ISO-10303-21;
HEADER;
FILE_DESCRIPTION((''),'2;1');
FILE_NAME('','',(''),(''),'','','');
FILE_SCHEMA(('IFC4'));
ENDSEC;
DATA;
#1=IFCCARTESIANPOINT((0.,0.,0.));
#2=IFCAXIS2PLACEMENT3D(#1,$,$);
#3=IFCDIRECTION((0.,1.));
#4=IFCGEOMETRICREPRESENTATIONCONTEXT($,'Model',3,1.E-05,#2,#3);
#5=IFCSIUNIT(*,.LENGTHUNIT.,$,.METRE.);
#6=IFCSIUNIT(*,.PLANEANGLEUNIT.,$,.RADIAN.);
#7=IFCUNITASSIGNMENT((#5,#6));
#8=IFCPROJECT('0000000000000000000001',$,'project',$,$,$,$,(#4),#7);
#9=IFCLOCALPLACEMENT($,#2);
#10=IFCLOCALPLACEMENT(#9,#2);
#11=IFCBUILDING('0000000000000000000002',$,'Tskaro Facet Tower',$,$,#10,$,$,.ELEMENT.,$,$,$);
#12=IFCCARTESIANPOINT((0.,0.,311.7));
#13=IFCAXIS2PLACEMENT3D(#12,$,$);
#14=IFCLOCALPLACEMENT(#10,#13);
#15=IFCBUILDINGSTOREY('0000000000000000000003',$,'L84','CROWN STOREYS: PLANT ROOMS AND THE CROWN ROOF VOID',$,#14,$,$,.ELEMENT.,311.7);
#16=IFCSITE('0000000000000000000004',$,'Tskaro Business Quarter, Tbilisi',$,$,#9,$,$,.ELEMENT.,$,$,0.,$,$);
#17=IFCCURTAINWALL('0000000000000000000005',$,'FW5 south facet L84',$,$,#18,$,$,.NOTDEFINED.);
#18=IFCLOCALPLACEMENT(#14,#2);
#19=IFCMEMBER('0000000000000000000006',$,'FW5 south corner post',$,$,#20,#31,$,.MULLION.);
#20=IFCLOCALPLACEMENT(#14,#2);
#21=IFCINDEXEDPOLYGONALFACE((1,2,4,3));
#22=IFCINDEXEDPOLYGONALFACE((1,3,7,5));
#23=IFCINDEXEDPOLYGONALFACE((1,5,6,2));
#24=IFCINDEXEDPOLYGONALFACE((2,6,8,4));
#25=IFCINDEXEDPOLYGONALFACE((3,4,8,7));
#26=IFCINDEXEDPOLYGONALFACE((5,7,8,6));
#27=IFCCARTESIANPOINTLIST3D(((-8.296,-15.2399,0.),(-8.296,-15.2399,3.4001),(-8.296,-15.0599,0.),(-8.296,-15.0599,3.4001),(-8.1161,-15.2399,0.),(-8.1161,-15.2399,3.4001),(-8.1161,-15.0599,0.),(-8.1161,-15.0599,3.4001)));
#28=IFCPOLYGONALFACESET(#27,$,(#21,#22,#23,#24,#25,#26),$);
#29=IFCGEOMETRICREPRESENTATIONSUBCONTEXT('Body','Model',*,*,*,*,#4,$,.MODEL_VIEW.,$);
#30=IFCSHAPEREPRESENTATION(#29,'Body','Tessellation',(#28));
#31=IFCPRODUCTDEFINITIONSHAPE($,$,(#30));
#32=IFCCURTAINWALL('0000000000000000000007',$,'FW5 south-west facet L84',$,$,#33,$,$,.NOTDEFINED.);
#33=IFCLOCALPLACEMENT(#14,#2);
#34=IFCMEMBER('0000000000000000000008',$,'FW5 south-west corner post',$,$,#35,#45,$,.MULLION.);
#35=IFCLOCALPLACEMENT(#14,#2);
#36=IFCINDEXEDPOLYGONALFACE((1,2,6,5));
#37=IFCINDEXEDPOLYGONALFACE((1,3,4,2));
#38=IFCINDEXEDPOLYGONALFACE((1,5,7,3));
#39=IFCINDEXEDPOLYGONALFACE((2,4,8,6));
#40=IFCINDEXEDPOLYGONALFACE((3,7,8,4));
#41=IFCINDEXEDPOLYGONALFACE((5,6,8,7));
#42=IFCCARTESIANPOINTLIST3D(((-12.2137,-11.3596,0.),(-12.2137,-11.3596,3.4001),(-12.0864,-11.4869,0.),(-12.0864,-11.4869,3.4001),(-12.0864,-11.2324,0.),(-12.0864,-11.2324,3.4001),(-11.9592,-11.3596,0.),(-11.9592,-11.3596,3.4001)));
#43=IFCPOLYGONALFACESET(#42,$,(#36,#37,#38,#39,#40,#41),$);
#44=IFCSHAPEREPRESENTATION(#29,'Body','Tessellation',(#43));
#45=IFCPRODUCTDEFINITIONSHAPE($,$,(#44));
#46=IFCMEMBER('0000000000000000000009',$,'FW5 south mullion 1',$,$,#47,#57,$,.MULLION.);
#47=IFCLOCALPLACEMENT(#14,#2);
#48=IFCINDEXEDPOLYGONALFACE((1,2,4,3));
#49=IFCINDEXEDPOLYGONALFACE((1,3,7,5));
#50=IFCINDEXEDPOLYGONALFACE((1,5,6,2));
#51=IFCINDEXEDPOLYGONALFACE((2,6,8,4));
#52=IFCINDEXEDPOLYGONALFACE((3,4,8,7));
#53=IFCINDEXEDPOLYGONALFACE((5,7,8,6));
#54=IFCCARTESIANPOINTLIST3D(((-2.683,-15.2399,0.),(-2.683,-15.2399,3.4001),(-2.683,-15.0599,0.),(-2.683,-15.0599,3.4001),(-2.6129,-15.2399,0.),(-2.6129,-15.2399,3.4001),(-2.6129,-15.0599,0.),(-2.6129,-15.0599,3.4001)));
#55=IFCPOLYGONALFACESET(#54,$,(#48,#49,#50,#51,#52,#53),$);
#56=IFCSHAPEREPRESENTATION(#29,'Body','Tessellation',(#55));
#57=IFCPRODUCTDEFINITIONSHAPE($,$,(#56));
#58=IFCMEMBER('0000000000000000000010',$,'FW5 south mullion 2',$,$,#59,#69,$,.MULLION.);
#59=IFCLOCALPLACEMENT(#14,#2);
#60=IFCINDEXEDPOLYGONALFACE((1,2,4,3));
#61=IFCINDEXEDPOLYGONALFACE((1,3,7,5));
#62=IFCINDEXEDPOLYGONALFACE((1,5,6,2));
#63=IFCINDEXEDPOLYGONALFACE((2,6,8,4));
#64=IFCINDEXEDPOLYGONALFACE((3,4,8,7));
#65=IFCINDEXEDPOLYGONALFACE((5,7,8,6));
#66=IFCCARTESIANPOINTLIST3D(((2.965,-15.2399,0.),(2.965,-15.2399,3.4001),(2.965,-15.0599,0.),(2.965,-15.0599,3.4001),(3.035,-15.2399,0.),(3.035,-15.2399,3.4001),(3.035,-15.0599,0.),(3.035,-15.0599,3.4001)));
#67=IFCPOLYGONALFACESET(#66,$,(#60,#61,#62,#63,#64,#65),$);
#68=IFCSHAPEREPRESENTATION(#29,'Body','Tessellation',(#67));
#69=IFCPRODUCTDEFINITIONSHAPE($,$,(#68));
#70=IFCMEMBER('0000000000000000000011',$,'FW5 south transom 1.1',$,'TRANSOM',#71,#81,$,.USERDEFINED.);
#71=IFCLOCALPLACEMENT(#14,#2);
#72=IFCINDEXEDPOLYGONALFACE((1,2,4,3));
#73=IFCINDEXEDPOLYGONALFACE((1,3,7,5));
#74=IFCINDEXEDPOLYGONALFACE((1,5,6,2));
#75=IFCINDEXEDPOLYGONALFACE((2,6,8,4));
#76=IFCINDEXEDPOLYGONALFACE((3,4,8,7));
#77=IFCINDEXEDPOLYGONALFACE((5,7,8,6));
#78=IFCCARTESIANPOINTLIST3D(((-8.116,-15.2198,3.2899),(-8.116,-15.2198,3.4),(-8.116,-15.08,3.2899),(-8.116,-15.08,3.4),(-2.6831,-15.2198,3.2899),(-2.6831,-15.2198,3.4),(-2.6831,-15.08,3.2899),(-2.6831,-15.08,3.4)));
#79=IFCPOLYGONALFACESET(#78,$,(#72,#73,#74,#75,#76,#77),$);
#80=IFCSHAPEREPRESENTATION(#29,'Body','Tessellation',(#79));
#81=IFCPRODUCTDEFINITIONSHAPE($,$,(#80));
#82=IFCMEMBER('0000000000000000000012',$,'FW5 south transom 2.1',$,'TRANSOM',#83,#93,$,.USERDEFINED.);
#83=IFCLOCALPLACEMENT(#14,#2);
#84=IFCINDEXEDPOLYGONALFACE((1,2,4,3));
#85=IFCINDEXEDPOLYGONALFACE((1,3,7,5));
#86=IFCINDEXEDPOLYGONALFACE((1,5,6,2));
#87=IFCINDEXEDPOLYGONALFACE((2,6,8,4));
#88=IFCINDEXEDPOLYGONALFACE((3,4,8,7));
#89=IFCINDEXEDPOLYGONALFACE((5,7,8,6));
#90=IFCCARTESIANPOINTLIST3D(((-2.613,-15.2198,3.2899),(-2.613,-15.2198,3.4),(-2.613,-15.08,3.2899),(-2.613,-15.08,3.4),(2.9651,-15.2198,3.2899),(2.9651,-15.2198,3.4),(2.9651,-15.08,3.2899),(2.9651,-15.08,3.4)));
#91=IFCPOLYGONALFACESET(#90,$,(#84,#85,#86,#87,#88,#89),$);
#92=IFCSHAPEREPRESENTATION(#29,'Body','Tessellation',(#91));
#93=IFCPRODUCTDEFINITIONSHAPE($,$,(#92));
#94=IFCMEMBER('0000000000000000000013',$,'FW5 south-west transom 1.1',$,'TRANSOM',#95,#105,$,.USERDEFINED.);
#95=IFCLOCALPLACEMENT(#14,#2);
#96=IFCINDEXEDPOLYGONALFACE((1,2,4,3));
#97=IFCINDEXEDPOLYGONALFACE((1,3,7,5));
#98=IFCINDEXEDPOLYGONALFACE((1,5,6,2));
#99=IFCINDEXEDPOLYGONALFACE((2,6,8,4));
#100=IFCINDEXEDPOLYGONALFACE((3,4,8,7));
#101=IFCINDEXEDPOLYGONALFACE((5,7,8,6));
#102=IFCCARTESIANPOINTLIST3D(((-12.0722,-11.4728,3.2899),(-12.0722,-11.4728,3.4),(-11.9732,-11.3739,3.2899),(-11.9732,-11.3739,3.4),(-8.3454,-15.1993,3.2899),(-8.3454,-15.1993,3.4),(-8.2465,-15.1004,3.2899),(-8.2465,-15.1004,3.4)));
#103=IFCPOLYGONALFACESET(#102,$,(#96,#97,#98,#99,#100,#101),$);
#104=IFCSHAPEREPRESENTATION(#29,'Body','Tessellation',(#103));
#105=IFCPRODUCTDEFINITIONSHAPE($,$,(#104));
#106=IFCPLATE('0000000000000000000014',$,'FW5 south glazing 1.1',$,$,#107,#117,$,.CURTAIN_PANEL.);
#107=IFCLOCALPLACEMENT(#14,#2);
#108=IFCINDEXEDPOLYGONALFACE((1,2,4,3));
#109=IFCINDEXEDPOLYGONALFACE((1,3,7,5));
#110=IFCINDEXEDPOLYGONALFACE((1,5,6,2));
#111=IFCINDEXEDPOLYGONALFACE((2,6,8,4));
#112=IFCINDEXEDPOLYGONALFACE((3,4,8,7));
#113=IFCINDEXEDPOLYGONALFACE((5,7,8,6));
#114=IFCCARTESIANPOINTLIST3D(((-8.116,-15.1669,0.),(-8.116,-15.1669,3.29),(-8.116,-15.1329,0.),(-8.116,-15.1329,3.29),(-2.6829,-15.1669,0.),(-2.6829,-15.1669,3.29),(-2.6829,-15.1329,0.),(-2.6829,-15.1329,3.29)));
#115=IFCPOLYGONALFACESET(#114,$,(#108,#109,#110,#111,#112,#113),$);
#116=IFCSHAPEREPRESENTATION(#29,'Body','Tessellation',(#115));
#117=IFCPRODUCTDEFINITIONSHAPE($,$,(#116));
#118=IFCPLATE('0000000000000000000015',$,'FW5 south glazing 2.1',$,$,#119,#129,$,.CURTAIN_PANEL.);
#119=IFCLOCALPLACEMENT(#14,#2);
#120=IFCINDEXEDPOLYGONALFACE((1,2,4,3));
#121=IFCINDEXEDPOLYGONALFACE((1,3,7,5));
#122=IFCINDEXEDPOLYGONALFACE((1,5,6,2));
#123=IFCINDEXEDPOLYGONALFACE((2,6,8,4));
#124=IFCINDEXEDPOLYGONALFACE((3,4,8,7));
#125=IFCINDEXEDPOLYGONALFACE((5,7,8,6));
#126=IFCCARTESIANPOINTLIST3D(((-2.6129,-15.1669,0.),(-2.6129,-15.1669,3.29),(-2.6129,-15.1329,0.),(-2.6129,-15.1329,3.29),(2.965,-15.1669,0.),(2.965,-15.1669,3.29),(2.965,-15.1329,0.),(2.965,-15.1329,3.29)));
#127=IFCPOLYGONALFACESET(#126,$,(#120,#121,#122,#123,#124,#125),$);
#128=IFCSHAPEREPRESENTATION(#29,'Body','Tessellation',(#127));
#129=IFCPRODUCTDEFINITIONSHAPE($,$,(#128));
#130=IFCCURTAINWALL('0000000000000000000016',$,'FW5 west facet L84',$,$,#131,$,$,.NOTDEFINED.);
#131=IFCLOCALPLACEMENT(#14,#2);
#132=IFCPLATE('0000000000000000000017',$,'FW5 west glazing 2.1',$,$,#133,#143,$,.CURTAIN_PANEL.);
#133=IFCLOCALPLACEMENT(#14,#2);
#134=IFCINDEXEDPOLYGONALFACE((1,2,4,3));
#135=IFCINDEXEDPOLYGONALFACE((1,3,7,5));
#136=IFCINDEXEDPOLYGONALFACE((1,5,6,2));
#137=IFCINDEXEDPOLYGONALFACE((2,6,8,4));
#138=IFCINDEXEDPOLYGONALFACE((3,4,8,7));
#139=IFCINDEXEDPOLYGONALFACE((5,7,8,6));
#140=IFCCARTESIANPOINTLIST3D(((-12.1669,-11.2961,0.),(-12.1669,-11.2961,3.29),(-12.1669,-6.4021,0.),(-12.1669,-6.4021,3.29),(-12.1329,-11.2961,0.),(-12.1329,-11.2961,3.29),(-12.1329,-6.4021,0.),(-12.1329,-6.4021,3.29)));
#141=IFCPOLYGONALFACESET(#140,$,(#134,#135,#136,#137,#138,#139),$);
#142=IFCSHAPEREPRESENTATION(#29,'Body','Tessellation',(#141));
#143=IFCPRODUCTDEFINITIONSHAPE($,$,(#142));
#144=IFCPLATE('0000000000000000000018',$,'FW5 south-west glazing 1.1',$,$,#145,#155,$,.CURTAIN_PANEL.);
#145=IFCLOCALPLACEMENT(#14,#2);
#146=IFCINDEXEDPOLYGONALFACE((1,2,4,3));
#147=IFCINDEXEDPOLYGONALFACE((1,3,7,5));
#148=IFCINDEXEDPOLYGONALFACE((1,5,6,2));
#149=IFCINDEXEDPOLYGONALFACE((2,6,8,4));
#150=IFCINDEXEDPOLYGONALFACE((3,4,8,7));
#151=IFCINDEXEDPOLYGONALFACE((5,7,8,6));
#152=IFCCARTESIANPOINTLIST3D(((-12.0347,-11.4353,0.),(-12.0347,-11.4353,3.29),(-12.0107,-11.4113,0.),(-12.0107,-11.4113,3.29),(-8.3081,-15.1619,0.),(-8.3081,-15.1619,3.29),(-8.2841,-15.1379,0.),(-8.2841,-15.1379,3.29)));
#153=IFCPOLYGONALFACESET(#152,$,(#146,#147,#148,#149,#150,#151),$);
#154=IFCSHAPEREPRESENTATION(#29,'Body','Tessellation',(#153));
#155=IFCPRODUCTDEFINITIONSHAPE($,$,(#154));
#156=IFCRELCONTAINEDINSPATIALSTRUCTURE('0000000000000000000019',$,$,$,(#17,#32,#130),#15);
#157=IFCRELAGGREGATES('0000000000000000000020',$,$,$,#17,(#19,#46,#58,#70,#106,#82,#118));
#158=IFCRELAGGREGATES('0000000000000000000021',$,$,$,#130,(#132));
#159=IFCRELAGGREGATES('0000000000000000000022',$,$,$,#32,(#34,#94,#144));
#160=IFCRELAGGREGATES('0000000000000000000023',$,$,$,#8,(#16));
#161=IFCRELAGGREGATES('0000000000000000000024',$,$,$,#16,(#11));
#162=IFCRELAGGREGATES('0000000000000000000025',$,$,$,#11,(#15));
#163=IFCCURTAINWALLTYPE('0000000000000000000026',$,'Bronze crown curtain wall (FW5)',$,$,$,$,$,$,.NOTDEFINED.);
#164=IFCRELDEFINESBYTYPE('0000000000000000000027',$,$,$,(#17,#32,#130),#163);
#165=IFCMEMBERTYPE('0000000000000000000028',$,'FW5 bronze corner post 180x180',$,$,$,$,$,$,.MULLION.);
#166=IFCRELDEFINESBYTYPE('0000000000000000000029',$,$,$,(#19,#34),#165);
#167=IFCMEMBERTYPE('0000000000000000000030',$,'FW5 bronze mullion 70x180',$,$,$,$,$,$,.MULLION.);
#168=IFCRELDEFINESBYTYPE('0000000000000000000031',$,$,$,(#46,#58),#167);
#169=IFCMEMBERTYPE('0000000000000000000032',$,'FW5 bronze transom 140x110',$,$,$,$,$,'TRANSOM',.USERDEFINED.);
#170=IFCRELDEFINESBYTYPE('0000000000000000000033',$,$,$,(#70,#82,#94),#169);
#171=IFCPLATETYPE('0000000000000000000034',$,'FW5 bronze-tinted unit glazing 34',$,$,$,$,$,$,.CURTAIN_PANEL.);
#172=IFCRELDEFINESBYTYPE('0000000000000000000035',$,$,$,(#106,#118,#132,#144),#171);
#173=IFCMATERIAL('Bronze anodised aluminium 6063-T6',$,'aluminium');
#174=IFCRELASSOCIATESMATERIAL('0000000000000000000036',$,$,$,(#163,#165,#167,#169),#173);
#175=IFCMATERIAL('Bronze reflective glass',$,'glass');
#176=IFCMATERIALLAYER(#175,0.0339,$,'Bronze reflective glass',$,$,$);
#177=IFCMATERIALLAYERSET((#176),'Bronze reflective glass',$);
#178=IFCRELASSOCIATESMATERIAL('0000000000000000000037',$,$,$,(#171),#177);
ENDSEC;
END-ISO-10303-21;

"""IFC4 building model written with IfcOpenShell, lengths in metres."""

from ifc_helpers import new_model, si_unit, direction, frame, origin, origin_2d, place, context, subcontext, project, spatial, rectangle, extrude, material, layer, layer_set, material_profile, profile_set, type_object, element, aggregate, save


model = new_model("IFC4")

# Units and contexts
model_context = context("Model", 3, precision=1e-05, world=origin(), true_north=direction((0.0, 1.0)))
body_context = subcontext(model_context, "Body", "Model", "MODEL_VIEW")
ifc_project = project(units=[si_unit("LENGTHUNIT", "METRE"), si_unit("PLANEANGLEUNIT", "RADIAN")], contexts=[model_context])

# Site, building, storey
site_placement = place(None, origin())
site = spatial("IfcSite", under=ifc_project, at=site_placement, Name="Tskaro Business Quarter, Tbilisi", CompositionType="ELEMENT", RefElevation=0.0)
building_placement = place(site_placement, origin())
building = spatial("IfcBuilding", under=site, at=building_placement, Name="Tskaro Facet Tower", CompositionType="ELEMENT")
storey_placement = place(building_placement, frame((0.0, 0.0, 311.7)))
storey = spatial("IfcBuildingStorey", under=building, at=storey_placement, Name="L84", Description="CROWN STOREYS: PLANT ROOMS AND THE CROWN ROOF VOID", CompositionType="ELEMENT", Elevation=311.7)

# Curtain walls, members
ifc_material_1 = material(Name="Bronze anodised aluminium 6063-T6", Category="aluminium")
curtain_wall_type = type_object("IfcCurtainWallType", Name="Bronze crown curtain wall (FW5)", PredefinedType="NOTDEFINED", material=ifc_material_1)
curtain_wall_1_placement = place(storey_placement, origin())
curtain_wall_1 = element("IfcCurtainWall", 1, at=curtain_wall_1_placement, inside=storey, type_object=curtain_wall_type, Name="FW5 south facet L84", PredefinedType="NOTDEFINED")
ifc_material_profile_1 = material_profile(ifc_material_1, rectangle(XDim=0.1799, YDim=0.1799, at=origin_2d()), Name="Corner post 180x180")
ifc_profile_set_1 = profile_set([ifc_material_profile_1], Name="Bronze anodised aluminium 6063-T6")
member_type_1 = type_object("IfcMemberType", Name="FW5 bronze corner post 180x180", PredefinedType="MULLION", material=ifc_profile_set_1)
member_1_placement = place(storey_placement, frame((-8.2061, -15.1499, 0.0), z_axis=(0.0, 0.0, 1.0), x_axis=(1.0, 0.0, 0.0)))
member_1 = element("IfcMember", 2, at=member_1_placement, type_object=member_type_1, Name="FW5 south corner post", PredefinedType="MULLION", context=body_context, shape_type="SweptSolid", body=[
    extrude(rectangle(XDim=0.1799, YDim=0.1799, at=origin_2d()), origin(), (0.0, 0.0, 1.0), 3.4001),
])
curtain_wall_2_placement = place(storey_placement, origin())
curtain_wall_2 = element("IfcCurtainWall", 3, at=curtain_wall_2_placement, inside=storey, type_object=curtain_wall_type, Name="FW5 south-west facet L84", PredefinedType="NOTDEFINED")
member_2_placement = place(storey_placement, frame((-12.0864, -11.3596, 0.0), z_axis=(0.0, 0.0, 1.0), x_axis=(0.707107, -0.707107, 0.0)))
member_2 = element("IfcMember", 4, at=member_2_placement, type_object=member_type_1, Name="FW5 south-west corner post", PredefinedType="MULLION", context=body_context, shape_type="SweptSolid", body=[
    extrude(rectangle(XDim=0.1799, YDim=0.1799, at=origin_2d()), origin(), (0.0, 0.0, 1.0), 3.4001),
])

# Members
ifc_material_profile_2 = material_profile(ifc_material_1, rectangle(XDim=0.0701, YDim=0.1799, at=origin_2d()), Name="Mullion 70x180")
ifc_profile_set_2 = profile_set([ifc_material_profile_2], Name="Bronze anodised aluminium 6063-T6")
member_type_2 = type_object("IfcMemberType", Name="FW5 bronze mullion 70x180", PredefinedType="MULLION", material=ifc_profile_set_2)
member_3_placement = place(storey_placement, frame((-2.6479, -15.1499, 0.0), z_axis=(0.0, 0.0, 1.0), x_axis=(1.0, 0.0, 0.0)))
member_3 = element("IfcMember", 5, at=member_3_placement, type_object=member_type_2, Name="FW5 south mullion 1", PredefinedType="MULLION", context=body_context, shape_type="SweptSolid", body=[
    extrude(rectangle(XDim=0.0701, YDim=0.1799, at=origin_2d()), origin(), (0.0, 0.0, 1.0), 3.4001),
])
member_4_placement = place(storey_placement, frame((3.0, -15.1499, 0.0), z_axis=(0.0, 0.0, 1.0), x_axis=(1.0, 0.0, 0.0)))
member_4 = element("IfcMember", 6, at=member_4_placement, type_object=member_type_2, Name="FW5 south mullion 2", PredefinedType="MULLION", context=body_context, shape_type="SweptSolid", body=[
    extrude(rectangle(XDim=0.0701, YDim=0.1799, at=origin_2d()), origin(), (0.0, 0.0, 1.0), 3.4001),
])
ifc_material_profile_3 = material_profile(ifc_material_1, rectangle(XDim=0.1399, YDim=0.1101, at=origin_2d()), Name="Transom 140x110")
ifc_profile_set_3 = profile_set([ifc_material_profile_3], Name="Bronze anodised aluminium 6063-T6")
member_type_3 = type_object("IfcMemberType", Name="FW5 bronze transom 140x110", ElementType="TRANSOM", PredefinedType="USERDEFINED", material=ifc_profile_set_3)
member_5_placement = place(storey_placement, frame((-8.116, -15.1499, 3.345), z_axis=(1.0, 0.0, 0.0), x_axis=(0.0, 1.0, 0.0)))
member_5 = element("IfcMember", 7, at=member_5_placement, type_object=member_type_3, Name="FW5 south transom 1.1", ObjectType="TRANSOM", PredefinedType="USERDEFINED", context=body_context, shape_type="SweptSolid", body=[
    extrude(rectangle(XDim=0.1399, YDim=0.1101, at=origin_2d()), origin(), (0.0, 0.0, 1.0), 5.4329),
])
member_6_placement = place(storey_placement, frame((-2.613, -15.1499, 3.345), z_axis=(1.0, 0.0, 0.0), x_axis=(0.0, 1.0, 0.0)))
member_6 = element("IfcMember", 8, at=member_6_placement, type_object=member_type_3, Name="FW5 south transom 2.1", ObjectType="TRANSOM", PredefinedType="USERDEFINED", context=body_context, shape_type="SweptSolid", body=[
    extrude(rectangle(XDim=0.1399, YDim=0.1101, at=origin_2d()), origin(), (0.0, 0.0, 1.0), 5.5781),
])
member_7_placement = place(storey_placement, frame((-12.0227, -11.4233, 3.345), z_axis=(0.70713, -0.707084, 0.0), x_axis=(0.707084, 0.70713, 0.0)))
member_7 = element("IfcMember", 9, at=member_7_placement, type_object=member_type_3, Name="FW5 south-west transom 1.1", ObjectType="TRANSOM", PredefinedType="USERDEFINED", context=body_context, shape_type="SweptSolid", body=[
    extrude(rectangle(XDim=0.1399, YDim=0.1101, at=origin_2d()), origin(), (0.0, 0.0, 1.0), 5.2703),
])

# Plates
ifc_material_2 = material(Name="Bronze reflective glass", Category="glass")
ifc_layer_1 = layer(ifc_material_2, 0.0339, Name="Bronze reflective glass")
ifc_layer_set_1 = layer_set([ifc_layer_1], Name="Bronze reflective glass")
plate_type = type_object("IfcPlateType", Name="FW5 bronze-tinted unit glazing 34", PredefinedType="CURTAIN_PANEL", material=ifc_layer_set_1)
plate_1_placement = place(storey_placement, frame((-5.3994, -15.1499, 0.0), z_axis=(0.0, 0.0, 1.0), x_axis=(1.0, 0.0, 0.0)))
plate_1 = element("IfcPlate", 10, at=plate_1_placement, type_object=plate_type, Name="FW5 south glazing 1.1", PredefinedType="CURTAIN_PANEL", context=body_context, shape_type="SweptSolid", body=[
    extrude(rectangle(XDim=5.4331, YDim=0.0339, at=origin_2d()), origin(), (0.0, 0.0, 1.0), 3.29),
])
plate_2_placement = place(storey_placement, frame((0.176, -15.1499, 0.0), z_axis=(0.0, 0.0, 1.0), x_axis=(1.0, 0.0, 0.0)))
plate_2 = element("IfcPlate", 11, at=plate_2_placement, type_object=plate_type, Name="FW5 south glazing 2.1", PredefinedType="CURTAIN_PANEL", context=body_context, shape_type="SweptSolid", body=[
    extrude(rectangle(XDim=5.5779, YDim=0.0339, at=origin_2d()), origin(), (0.0, 0.0, 1.0), 3.29),
])
aggregate(curtain_wall_1, [member_1, member_3, member_4, member_5, plate_1, member_6, plate_2])

# Curtain wall, plate
curtain_wall_3_placement = place(storey_placement, origin())
curtain_wall_3 = element("IfcCurtainWall", 12, at=curtain_wall_3_placement, inside=storey, type_object=curtain_wall_type, Name="FW5 west facet L84", PredefinedType="NOTDEFINED")
plate_3_placement = place(storey_placement, frame((-12.1499, -8.8491, 0.0), z_axis=(0.0, 0.0, 1.0), x_axis=(0.0, -1.0, 0.0)))
plate_3 = element("IfcPlate", 13, at=plate_3_placement, type_object=plate_type, Name="FW5 west glazing 2.1", PredefinedType="CURTAIN_PANEL", context=body_context, shape_type="SweptSolid", body=[
    extrude(rectangle(XDim=4.894, YDim=0.0339, at=origin_2d()), origin(), (0.0, 0.0, 1.0), 3.29),
])
aggregate(curtain_wall_3, [plate_3])

# Plate
plate_4_placement = place(storey_placement, frame((-10.1594, -13.2866, 0.0), z_axis=(0.0, 0.0, 1.0), x_axis=(0.707107, -0.707107, 0.0)))
plate_4 = element("IfcPlate", 14, at=plate_4_placement, type_object=plate_type, Name="FW5 south-west glazing 1.1", PredefinedType="CURTAIN_PANEL", context=body_context, shape_type="SweptSolid", body=[
    extrude(rectangle(XDim=5.2703, YDim=0.0339, at=origin_2d()), origin(), (0.0, 0.0, 1.0), 3.29),
])
aggregate(curtain_wall_2, [member_2, member_7, plate_4])

save(model, "model.ifc")
